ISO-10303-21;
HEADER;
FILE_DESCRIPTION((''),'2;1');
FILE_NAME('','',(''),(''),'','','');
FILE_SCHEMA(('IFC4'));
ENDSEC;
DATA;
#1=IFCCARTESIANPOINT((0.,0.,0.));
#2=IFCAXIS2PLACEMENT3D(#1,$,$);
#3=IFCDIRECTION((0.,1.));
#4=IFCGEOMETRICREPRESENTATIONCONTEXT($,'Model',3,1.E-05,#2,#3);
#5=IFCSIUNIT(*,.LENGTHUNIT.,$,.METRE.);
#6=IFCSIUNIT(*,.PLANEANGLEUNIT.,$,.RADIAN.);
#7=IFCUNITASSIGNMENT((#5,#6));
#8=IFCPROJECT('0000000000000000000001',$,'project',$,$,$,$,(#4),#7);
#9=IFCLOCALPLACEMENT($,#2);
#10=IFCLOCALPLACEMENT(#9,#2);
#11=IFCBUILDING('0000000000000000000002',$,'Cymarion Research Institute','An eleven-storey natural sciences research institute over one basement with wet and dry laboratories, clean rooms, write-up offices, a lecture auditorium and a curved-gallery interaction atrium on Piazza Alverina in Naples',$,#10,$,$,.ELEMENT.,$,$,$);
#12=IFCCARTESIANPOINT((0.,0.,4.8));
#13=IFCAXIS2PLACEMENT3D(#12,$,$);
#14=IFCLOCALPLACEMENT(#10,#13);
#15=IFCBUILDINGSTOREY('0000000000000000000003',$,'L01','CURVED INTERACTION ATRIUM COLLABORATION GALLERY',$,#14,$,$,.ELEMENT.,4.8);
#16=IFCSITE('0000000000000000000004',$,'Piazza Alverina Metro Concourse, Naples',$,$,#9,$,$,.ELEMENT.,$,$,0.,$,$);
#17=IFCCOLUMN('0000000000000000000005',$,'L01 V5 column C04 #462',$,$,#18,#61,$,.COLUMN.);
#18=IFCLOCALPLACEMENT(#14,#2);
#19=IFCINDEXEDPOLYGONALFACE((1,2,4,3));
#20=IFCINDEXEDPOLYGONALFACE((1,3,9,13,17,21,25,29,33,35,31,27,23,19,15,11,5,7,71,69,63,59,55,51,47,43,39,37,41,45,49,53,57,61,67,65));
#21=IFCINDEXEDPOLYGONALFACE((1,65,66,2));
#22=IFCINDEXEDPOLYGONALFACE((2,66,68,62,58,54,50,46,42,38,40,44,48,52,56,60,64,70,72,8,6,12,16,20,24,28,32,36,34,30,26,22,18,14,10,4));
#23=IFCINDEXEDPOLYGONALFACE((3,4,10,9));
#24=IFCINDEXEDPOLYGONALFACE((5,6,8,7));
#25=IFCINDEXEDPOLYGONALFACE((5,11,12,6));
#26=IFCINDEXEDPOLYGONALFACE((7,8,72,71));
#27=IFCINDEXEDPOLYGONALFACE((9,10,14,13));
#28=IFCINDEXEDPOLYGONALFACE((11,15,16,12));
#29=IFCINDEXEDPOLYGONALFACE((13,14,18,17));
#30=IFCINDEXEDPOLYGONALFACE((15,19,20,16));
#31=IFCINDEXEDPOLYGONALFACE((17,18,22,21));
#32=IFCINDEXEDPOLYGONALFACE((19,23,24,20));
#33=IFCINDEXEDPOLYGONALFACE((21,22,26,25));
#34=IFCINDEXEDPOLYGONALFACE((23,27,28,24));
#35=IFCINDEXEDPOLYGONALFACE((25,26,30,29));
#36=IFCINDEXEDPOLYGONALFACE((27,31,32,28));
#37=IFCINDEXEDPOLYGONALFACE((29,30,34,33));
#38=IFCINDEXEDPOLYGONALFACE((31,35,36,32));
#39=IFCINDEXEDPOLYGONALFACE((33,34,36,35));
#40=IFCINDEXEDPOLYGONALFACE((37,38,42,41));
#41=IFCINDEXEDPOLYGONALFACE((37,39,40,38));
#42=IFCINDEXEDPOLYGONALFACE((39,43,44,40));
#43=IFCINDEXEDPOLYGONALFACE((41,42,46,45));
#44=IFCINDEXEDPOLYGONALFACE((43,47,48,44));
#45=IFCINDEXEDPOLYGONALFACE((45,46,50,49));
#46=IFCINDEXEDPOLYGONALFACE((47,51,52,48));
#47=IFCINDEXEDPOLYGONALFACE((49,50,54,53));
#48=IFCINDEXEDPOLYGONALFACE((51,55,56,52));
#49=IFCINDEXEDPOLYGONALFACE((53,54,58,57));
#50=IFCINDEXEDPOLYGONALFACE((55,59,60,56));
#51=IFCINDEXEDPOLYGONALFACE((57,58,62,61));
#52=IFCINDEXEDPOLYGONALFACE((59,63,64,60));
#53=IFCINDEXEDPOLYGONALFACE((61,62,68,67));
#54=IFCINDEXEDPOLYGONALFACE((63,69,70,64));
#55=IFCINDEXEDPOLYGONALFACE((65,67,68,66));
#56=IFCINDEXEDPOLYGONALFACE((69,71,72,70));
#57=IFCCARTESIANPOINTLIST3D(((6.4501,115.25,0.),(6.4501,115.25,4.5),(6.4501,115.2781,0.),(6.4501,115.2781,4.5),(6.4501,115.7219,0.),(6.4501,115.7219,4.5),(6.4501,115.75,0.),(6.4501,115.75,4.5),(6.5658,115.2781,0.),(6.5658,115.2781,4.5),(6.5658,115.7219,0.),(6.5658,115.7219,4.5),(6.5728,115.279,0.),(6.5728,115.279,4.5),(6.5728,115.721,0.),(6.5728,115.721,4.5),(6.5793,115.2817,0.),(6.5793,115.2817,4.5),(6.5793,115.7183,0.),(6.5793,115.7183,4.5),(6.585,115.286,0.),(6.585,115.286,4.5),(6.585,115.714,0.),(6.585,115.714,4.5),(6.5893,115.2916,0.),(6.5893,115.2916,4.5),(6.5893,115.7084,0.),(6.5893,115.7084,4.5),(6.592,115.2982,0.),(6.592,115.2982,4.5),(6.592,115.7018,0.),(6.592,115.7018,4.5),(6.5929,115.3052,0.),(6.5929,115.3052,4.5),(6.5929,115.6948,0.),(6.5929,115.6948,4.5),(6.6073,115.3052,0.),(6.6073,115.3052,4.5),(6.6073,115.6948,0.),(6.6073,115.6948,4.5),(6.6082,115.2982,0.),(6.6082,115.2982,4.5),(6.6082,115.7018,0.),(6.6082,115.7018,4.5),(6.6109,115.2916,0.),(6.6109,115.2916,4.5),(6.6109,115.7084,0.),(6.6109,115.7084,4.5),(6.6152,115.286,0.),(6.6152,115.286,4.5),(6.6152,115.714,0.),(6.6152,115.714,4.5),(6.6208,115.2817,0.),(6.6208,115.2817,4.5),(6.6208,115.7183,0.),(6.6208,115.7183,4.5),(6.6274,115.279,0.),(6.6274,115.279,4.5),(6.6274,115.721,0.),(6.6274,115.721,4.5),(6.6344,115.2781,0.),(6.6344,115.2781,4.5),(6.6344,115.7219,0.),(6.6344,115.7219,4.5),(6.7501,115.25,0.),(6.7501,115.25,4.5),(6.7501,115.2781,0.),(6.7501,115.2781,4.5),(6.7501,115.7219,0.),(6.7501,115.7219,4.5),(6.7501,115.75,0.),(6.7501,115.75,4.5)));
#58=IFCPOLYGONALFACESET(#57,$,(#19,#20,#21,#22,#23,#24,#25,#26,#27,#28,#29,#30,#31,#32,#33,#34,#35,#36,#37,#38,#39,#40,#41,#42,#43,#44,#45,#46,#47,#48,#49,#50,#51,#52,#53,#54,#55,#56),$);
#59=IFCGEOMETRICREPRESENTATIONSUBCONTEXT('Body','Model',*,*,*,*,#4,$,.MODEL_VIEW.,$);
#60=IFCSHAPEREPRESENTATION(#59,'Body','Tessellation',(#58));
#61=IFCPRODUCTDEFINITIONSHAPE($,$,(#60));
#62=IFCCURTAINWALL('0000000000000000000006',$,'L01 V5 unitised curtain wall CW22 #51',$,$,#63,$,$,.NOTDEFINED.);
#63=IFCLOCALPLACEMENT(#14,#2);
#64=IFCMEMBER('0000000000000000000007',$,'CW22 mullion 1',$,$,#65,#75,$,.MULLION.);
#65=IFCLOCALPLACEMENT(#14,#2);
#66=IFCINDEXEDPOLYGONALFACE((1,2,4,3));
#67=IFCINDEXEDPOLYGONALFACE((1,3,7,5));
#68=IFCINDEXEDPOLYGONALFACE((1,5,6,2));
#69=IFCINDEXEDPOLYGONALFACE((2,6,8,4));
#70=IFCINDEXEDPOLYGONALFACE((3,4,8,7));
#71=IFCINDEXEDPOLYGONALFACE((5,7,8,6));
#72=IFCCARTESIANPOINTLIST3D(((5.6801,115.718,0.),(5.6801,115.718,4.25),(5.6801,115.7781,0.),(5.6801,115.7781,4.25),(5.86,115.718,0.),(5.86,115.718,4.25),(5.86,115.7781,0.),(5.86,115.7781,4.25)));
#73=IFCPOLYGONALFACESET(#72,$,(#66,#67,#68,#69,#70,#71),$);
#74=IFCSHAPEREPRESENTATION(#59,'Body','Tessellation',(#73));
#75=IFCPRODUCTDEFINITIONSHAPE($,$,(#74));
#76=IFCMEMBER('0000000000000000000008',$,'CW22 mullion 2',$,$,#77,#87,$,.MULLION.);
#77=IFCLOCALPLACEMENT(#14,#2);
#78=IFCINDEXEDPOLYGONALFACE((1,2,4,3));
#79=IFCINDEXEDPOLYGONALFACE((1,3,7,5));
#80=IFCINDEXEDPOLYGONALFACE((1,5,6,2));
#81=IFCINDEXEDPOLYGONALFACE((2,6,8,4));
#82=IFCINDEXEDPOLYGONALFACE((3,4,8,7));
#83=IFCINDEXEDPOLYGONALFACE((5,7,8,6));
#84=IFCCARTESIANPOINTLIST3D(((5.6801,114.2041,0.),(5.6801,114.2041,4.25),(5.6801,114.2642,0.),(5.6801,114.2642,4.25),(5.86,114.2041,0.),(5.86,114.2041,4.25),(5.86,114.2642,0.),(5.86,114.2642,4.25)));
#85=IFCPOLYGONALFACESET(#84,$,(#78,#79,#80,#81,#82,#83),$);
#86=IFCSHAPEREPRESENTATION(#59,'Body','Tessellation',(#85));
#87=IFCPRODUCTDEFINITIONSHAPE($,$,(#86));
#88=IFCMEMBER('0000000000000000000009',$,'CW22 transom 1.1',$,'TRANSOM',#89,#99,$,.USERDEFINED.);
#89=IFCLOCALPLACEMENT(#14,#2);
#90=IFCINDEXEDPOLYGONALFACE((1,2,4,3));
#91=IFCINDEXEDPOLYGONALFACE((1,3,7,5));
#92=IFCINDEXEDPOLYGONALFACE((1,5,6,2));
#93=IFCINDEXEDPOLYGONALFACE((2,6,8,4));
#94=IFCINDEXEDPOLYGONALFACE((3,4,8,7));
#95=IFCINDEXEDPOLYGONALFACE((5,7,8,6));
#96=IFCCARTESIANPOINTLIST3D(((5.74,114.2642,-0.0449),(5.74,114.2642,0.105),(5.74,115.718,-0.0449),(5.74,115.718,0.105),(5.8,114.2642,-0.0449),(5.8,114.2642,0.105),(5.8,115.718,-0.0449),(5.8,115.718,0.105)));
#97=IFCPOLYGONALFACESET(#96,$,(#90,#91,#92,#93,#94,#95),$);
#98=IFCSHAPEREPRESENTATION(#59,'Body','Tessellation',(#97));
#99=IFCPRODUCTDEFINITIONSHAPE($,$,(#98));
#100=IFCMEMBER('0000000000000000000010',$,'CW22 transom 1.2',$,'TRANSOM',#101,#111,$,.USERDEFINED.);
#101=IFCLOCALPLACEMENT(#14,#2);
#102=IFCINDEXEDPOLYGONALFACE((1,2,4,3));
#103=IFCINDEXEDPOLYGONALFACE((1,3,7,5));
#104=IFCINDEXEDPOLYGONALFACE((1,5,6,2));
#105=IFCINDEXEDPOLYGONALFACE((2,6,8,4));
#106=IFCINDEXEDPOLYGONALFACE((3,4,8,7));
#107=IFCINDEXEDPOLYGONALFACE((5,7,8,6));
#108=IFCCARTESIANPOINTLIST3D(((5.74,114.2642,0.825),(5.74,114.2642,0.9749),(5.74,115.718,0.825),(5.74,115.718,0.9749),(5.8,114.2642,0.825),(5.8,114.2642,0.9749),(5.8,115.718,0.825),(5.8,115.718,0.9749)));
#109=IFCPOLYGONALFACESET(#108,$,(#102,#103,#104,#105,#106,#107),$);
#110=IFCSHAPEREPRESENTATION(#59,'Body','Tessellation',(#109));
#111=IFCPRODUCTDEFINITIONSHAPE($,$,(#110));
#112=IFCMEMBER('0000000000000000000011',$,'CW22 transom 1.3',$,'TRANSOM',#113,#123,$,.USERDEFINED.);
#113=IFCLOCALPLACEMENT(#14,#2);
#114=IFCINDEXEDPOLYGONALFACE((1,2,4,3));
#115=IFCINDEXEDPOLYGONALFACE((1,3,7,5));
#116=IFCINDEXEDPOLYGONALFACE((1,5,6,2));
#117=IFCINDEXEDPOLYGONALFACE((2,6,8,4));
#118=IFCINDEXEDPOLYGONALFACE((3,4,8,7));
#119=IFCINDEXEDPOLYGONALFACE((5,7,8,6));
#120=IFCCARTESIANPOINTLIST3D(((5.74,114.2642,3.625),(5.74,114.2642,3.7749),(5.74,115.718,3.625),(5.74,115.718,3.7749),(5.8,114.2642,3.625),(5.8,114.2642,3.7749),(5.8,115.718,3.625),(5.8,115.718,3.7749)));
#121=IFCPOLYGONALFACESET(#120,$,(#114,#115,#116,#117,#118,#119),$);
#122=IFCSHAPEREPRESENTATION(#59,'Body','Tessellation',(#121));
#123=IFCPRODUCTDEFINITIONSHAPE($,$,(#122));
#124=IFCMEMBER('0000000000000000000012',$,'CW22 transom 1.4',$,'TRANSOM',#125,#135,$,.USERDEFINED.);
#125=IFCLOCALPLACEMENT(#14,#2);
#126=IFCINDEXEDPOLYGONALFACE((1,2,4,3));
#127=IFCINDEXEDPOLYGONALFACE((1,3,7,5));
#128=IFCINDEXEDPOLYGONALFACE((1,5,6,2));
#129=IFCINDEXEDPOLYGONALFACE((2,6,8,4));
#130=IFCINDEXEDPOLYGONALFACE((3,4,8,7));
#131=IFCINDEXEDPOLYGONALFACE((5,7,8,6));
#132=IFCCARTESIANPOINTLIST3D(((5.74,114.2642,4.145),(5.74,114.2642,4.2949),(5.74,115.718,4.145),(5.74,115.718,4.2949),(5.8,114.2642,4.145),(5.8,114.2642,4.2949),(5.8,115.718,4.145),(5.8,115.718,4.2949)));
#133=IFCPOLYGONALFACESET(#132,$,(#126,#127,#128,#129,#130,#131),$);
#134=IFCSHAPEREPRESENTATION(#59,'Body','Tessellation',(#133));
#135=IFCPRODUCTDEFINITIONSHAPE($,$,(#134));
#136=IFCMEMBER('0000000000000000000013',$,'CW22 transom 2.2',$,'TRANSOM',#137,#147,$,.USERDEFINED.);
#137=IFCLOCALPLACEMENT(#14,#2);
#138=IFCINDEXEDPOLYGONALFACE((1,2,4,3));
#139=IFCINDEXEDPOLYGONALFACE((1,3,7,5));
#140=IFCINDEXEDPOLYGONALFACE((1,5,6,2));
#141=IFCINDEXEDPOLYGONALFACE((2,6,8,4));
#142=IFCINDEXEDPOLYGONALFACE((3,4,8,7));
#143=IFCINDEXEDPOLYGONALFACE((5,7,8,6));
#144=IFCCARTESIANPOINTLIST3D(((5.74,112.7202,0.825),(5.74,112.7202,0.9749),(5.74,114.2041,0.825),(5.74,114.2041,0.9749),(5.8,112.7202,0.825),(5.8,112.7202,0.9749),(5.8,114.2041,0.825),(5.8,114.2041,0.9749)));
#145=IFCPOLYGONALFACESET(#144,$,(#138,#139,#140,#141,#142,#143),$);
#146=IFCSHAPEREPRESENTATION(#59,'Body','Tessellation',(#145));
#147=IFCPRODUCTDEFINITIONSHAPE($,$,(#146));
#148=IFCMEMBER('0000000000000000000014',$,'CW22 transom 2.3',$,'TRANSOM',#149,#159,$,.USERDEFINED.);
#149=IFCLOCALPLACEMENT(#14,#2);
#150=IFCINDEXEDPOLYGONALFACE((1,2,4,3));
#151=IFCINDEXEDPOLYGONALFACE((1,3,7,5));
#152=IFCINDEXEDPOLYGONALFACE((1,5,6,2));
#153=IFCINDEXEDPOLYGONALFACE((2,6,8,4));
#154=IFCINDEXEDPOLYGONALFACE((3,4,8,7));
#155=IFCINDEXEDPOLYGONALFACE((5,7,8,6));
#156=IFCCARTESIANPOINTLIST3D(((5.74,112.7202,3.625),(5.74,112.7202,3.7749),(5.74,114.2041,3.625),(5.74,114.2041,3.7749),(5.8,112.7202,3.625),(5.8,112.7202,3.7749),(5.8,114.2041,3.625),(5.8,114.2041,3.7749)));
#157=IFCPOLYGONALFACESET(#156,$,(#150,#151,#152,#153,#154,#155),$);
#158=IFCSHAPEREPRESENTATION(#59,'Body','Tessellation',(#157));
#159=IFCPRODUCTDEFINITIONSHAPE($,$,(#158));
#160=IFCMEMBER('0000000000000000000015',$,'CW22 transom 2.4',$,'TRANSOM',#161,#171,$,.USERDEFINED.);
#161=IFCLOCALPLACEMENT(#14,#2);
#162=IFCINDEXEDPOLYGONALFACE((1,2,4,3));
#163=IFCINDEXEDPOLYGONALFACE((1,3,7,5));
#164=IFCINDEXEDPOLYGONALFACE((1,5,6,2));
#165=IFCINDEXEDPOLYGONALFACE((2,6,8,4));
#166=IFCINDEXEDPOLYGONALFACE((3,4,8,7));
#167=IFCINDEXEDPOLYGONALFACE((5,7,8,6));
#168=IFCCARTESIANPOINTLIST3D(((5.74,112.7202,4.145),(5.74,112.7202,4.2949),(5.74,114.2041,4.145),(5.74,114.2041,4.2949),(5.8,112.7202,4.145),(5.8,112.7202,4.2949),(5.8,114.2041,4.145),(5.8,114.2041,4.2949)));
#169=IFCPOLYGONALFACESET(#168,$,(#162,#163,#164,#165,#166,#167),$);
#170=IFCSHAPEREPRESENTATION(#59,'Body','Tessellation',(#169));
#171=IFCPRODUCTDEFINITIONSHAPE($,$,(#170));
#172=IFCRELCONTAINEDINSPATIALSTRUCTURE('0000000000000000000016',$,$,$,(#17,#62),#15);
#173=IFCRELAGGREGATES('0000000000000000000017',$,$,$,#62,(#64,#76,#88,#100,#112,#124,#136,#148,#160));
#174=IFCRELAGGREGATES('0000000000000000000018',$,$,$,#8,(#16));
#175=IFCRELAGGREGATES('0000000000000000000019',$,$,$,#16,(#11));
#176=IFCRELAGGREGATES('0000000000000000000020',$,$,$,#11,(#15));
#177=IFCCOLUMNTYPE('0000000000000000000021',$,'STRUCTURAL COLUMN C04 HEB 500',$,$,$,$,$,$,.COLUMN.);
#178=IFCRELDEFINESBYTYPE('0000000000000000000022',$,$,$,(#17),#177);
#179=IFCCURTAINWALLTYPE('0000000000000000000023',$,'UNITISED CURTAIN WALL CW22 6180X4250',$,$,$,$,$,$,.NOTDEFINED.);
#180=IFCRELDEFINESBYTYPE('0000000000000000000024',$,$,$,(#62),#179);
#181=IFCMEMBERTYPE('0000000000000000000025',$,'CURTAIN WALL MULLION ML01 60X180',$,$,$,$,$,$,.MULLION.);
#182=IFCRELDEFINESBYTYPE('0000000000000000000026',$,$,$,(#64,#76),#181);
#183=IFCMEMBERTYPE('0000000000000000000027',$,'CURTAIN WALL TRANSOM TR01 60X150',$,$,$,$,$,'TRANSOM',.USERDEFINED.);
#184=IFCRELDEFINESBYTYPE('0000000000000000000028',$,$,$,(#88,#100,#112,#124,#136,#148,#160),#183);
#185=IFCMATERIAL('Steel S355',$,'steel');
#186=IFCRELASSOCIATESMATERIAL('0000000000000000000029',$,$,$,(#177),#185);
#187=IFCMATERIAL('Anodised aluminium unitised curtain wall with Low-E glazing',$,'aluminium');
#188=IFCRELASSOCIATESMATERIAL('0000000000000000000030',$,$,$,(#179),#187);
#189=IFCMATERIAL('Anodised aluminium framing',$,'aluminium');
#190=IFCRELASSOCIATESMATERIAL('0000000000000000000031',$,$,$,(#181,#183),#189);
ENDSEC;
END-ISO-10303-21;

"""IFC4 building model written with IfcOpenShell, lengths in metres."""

from ifc_helpers import new_model, si_unit, direction, frame, origin, origin_2d, place, context, subcontext, project, spatial, rectangle, i_section, extrude, material, material_profile, profile_set, type_object, element, aggregate, save


model = new_model("IFC4")

# Units and contexts
model_context = context("Model", 3, precision=1e-05, world=origin(), true_north=direction((0.0, 1.0)))
body_context = subcontext(model_context, "Body", "Model", "MODEL_VIEW")
ifc_project = project(units=[si_unit("LENGTHUNIT", "METRE"), si_unit("PLANEANGLEUNIT", "RADIAN")], contexts=[model_context])

# Site, building, storey
site_placement = place(None, origin())
site = spatial("IfcSite", under=ifc_project, at=site_placement, Name="Piazza Alverina Metro Concourse, Naples", CompositionType="ELEMENT", RefElevation=0.0)
building_placement = place(site_placement, origin())
building = spatial("IfcBuilding", under=site, at=building_placement, Name="Cymarion Research Institute", Description="An eleven-storey natural sciences research institute over one basement with wet and dry laboratories, clean rooms, write-up offices, a lecture auditorium and a curved-gallery interaction atrium on Piazza Alverina in Naples", CompositionType="ELEMENT")
storey_placement = place(building_placement, frame((0.0, 0.0, 4.8)))
storey = spatial("IfcBuildingStorey", under=building, at=storey_placement, Name="L01", Description="CURVED INTERACTION ATRIUM COLLABORATION GALLERY", CompositionType="ELEMENT", Elevation=4.8)

# Column
ifc_material_1 = material(Name="Steel S355", Category="steel")
ifc_material_profile_1 = material_profile(ifc_material_1, i_section(OverallWidth=0.3, OverallDepth=0.5, WebThickness=0.0144, FlangeThickness=0.0281, FilletRadius=0.0271, at=origin_2d()), Name="HEB 500")
ifc_profile_set_1 = profile_set([ifc_material_profile_1], Name="Steel S355")
column_type = type_object("IfcColumnType", Name="STRUCTURAL COLUMN C04 HEB 500", PredefinedType="COLUMN", material=ifc_profile_set_1)
column_placement = place(storey_placement, frame((6.6001, 115.5, 0.0), z_axis=(0.0, 0.0, 1.0), x_axis=(1.0, 0.0, 0.0)))
element("IfcColumn", 1, at=column_placement, inside=storey, type_object=column_type, Name="L01 V5 column C04 #462", PredefinedType="COLUMN", context=body_context, shape_type="SweptSolid", body=[
    extrude(i_section(OverallWidth=0.3, OverallDepth=0.5, WebThickness=0.0144, FlangeThickness=0.0281, FilletRadius=0.0271, at=origin_2d()), origin(), (0.0, 0.0, 1.0), 4.5),
])

# Curtain wall, members
ifc_material_2 = material(Name="Anodised aluminium unitised curtain wall with Low-E glazing", Category="aluminium")
curtain_wall_type = type_object("IfcCurtainWallType", Name="UNITISED CURTAIN WALL CW22 6180X4250", PredefinedType="NOTDEFINED", material=ifc_material_2)
curtain_wall_placement = place(storey_placement, origin())
curtain_wall = element("IfcCurtainWall", 2, at=curtain_wall_placement, inside=storey, type_object=curtain_wall_type, Name="L01 V5 unitised curtain wall CW22 #51", PredefinedType="NOTDEFINED")
ifc_material_3 = material(Name="Anodised aluminium framing", Category="aluminium")
ifc_material_profile_2 = material_profile(ifc_material_3, rectangle(XDim=0.0601, YDim=0.1799, at=origin_2d()), Name="ALU MULLION 60x180")
ifc_profile_set_2 = profile_set([ifc_material_profile_2], Name="Anodised aluminium framing")
member_type_1 = type_object("IfcMemberType", Name="CURTAIN WALL MULLION ML01 60X180", PredefinedType="MULLION", material=ifc_profile_set_2)
member_1_placement = place(storey_placement, frame((5.77, 115.748, 0.0), z_axis=(0.0, 0.0, 1.0), x_axis=(0.0, -1.0, 0.0)))
member_1 = element("IfcMember", 3, at=member_1_placement, type_object=member_type_1, Name="CW22 mullion 1", PredefinedType="MULLION", context=body_context, shape_type="SweptSolid", body=[
    extrude(rectangle(XDim=0.0601, YDim=0.1799, at=origin_2d()), origin(), (0.0, 0.0, 1.0), 4.25),
])
member_2_placement = place(storey_placement, frame((5.77, 114.2341, 0.0), z_axis=(0.0, 0.0, 1.0), x_axis=(0.0, -1.0, 0.0)))
member_2 = element("IfcMember", 4, at=member_2_placement, type_object=member_type_1, Name="CW22 mullion 2", PredefinedType="MULLION", context=body_context, shape_type="SweptSolid", body=[
    extrude(rectangle(XDim=0.0601, YDim=0.1799, at=origin_2d()), origin(), (0.0, 0.0, 1.0), 4.25),
])
ifc_material_profile_3 = material_profile(ifc_material_3, rectangle(XDim=0.0601, YDim=0.1499, at=origin_2d()), Name="ALU TRANSOM 60x150")
ifc_profile_set_3 = profile_set([ifc_material_profile_3], Name="Anodised aluminium framing")
member_type_2 = type_object("IfcMemberType", Name="CURTAIN WALL TRANSOM TR01 60X150", ElementType="TRANSOM", PredefinedType="USERDEFINED", material=ifc_profile_set_3)
member_3_placement = place(storey_placement, frame((5.77, 115.718, 0.03), z_axis=(0.0, -1.0, 0.0), x_axis=(1.0, 0.0, 0.0)))
member_3 = element("IfcMember", 5, at=member_3_placement, type_object=member_type_2, Name="CW22 transom 1.1", ObjectType="TRANSOM", PredefinedType="USERDEFINED", context=body_context, shape_type="SweptSolid", body=[
    extrude(rectangle(XDim=0.0601, YDim=0.1499, at=origin_2d()), origin(), (0.0, 0.0, 1.0), 1.4539),
])
member_4_placement = place(storey_placement, frame((5.77, 115.718, 0.8999), z_axis=(0.0, -1.0, 0.0), x_axis=(1.0, 0.0, 0.0)))
member_4 = element("IfcMember", 6, at=member_4_placement, type_object=member_type_2, Name="CW22 transom 1.2", ObjectType="TRANSOM", PredefinedType="USERDEFINED", context=body_context, shape_type="SweptSolid", body=[
    extrude(rectangle(XDim=0.0601, YDim=0.1499, at=origin_2d()), origin(), (0.0, 0.0, 1.0), 1.4539),
])
member_5_placement = place(storey_placement, frame((5.77, 115.718, 3.7), z_axis=(0.0, -1.0, 0.0), x_axis=(1.0, 0.0, 0.0)))
member_5 = element("IfcMember", 7, at=member_5_placement, type_object=member_type_2, Name="CW22 transom 1.3", ObjectType="TRANSOM", PredefinedType="USERDEFINED", context=body_context, shape_type="SweptSolid", body=[
    extrude(rectangle(XDim=0.0601, YDim=0.1499, at=origin_2d()), origin(), (0.0, 0.0, 1.0), 1.4539),
])
member_6_placement = place(storey_placement, frame((5.77, 115.718, 4.22), z_axis=(0.0, -1.0, 0.0), x_axis=(1.0, 0.0, 0.0)))
member_6 = element("IfcMember", 8, at=member_6_placement, type_object=member_type_2, Name="CW22 transom 1.4", ObjectType="TRANSOM", PredefinedType="USERDEFINED", context=body_context, shape_type="SweptSolid", body=[
    extrude(rectangle(XDim=0.0601, YDim=0.1499, at=origin_2d()), origin(), (0.0, 0.0, 1.0), 1.4539),
])
member_7_placement = place(storey_placement, frame((5.77, 114.2041, 0.8999), z_axis=(0.0, -1.0, 0.0), x_axis=(1.0, 0.0, 0.0)))
member_7 = element("IfcMember", 9, at=member_7_placement, type_object=member_type_2, Name="CW22 transom 2.2", ObjectType="TRANSOM", PredefinedType="USERDEFINED", context=body_context, shape_type="SweptSolid", body=[
    extrude(rectangle(XDim=0.0601, YDim=0.1499, at=origin_2d()), origin(), (0.0, 0.0, 1.0), 1.4839),
])
member_8_placement = place(storey_placement, frame((5.77, 114.2041, 3.7), z_axis=(0.0, -1.0, 0.0), x_axis=(1.0, 0.0, 0.0)))
member_8 = element("IfcMember", 10, at=member_8_placement, type_object=member_type_2, Name="CW22 transom 2.3", ObjectType="TRANSOM", PredefinedType="USERDEFINED", context=body_context, shape_type="SweptSolid", body=[
    extrude(rectangle(XDim=0.0601, YDim=0.1499, at=origin_2d()), origin(), (0.0, 0.0, 1.0), 1.4839),
])
member_9_placement = place(storey_placement, frame((5.77, 114.2041, 4.22), z_axis=(0.0, -1.0, 0.0), x_axis=(1.0, 0.0, 0.0)))
member_9 = element("IfcMember", 11, at=member_9_placement, type_object=member_type_2, Name="CW22 transom 2.4", ObjectType="TRANSOM", PredefinedType="USERDEFINED", context=body_context, shape_type="SweptSolid", body=[
    extrude(rectangle(XDim=0.0601, YDim=0.1499, at=origin_2d()), origin(), (0.0, 0.0, 1.0), 1.4839),
])

aggregate(curtain_wall, [member_1, member_2, member_3, member_4, member_5, member_6, member_7, member_8, member_9])

save(model, "model.ifc")
